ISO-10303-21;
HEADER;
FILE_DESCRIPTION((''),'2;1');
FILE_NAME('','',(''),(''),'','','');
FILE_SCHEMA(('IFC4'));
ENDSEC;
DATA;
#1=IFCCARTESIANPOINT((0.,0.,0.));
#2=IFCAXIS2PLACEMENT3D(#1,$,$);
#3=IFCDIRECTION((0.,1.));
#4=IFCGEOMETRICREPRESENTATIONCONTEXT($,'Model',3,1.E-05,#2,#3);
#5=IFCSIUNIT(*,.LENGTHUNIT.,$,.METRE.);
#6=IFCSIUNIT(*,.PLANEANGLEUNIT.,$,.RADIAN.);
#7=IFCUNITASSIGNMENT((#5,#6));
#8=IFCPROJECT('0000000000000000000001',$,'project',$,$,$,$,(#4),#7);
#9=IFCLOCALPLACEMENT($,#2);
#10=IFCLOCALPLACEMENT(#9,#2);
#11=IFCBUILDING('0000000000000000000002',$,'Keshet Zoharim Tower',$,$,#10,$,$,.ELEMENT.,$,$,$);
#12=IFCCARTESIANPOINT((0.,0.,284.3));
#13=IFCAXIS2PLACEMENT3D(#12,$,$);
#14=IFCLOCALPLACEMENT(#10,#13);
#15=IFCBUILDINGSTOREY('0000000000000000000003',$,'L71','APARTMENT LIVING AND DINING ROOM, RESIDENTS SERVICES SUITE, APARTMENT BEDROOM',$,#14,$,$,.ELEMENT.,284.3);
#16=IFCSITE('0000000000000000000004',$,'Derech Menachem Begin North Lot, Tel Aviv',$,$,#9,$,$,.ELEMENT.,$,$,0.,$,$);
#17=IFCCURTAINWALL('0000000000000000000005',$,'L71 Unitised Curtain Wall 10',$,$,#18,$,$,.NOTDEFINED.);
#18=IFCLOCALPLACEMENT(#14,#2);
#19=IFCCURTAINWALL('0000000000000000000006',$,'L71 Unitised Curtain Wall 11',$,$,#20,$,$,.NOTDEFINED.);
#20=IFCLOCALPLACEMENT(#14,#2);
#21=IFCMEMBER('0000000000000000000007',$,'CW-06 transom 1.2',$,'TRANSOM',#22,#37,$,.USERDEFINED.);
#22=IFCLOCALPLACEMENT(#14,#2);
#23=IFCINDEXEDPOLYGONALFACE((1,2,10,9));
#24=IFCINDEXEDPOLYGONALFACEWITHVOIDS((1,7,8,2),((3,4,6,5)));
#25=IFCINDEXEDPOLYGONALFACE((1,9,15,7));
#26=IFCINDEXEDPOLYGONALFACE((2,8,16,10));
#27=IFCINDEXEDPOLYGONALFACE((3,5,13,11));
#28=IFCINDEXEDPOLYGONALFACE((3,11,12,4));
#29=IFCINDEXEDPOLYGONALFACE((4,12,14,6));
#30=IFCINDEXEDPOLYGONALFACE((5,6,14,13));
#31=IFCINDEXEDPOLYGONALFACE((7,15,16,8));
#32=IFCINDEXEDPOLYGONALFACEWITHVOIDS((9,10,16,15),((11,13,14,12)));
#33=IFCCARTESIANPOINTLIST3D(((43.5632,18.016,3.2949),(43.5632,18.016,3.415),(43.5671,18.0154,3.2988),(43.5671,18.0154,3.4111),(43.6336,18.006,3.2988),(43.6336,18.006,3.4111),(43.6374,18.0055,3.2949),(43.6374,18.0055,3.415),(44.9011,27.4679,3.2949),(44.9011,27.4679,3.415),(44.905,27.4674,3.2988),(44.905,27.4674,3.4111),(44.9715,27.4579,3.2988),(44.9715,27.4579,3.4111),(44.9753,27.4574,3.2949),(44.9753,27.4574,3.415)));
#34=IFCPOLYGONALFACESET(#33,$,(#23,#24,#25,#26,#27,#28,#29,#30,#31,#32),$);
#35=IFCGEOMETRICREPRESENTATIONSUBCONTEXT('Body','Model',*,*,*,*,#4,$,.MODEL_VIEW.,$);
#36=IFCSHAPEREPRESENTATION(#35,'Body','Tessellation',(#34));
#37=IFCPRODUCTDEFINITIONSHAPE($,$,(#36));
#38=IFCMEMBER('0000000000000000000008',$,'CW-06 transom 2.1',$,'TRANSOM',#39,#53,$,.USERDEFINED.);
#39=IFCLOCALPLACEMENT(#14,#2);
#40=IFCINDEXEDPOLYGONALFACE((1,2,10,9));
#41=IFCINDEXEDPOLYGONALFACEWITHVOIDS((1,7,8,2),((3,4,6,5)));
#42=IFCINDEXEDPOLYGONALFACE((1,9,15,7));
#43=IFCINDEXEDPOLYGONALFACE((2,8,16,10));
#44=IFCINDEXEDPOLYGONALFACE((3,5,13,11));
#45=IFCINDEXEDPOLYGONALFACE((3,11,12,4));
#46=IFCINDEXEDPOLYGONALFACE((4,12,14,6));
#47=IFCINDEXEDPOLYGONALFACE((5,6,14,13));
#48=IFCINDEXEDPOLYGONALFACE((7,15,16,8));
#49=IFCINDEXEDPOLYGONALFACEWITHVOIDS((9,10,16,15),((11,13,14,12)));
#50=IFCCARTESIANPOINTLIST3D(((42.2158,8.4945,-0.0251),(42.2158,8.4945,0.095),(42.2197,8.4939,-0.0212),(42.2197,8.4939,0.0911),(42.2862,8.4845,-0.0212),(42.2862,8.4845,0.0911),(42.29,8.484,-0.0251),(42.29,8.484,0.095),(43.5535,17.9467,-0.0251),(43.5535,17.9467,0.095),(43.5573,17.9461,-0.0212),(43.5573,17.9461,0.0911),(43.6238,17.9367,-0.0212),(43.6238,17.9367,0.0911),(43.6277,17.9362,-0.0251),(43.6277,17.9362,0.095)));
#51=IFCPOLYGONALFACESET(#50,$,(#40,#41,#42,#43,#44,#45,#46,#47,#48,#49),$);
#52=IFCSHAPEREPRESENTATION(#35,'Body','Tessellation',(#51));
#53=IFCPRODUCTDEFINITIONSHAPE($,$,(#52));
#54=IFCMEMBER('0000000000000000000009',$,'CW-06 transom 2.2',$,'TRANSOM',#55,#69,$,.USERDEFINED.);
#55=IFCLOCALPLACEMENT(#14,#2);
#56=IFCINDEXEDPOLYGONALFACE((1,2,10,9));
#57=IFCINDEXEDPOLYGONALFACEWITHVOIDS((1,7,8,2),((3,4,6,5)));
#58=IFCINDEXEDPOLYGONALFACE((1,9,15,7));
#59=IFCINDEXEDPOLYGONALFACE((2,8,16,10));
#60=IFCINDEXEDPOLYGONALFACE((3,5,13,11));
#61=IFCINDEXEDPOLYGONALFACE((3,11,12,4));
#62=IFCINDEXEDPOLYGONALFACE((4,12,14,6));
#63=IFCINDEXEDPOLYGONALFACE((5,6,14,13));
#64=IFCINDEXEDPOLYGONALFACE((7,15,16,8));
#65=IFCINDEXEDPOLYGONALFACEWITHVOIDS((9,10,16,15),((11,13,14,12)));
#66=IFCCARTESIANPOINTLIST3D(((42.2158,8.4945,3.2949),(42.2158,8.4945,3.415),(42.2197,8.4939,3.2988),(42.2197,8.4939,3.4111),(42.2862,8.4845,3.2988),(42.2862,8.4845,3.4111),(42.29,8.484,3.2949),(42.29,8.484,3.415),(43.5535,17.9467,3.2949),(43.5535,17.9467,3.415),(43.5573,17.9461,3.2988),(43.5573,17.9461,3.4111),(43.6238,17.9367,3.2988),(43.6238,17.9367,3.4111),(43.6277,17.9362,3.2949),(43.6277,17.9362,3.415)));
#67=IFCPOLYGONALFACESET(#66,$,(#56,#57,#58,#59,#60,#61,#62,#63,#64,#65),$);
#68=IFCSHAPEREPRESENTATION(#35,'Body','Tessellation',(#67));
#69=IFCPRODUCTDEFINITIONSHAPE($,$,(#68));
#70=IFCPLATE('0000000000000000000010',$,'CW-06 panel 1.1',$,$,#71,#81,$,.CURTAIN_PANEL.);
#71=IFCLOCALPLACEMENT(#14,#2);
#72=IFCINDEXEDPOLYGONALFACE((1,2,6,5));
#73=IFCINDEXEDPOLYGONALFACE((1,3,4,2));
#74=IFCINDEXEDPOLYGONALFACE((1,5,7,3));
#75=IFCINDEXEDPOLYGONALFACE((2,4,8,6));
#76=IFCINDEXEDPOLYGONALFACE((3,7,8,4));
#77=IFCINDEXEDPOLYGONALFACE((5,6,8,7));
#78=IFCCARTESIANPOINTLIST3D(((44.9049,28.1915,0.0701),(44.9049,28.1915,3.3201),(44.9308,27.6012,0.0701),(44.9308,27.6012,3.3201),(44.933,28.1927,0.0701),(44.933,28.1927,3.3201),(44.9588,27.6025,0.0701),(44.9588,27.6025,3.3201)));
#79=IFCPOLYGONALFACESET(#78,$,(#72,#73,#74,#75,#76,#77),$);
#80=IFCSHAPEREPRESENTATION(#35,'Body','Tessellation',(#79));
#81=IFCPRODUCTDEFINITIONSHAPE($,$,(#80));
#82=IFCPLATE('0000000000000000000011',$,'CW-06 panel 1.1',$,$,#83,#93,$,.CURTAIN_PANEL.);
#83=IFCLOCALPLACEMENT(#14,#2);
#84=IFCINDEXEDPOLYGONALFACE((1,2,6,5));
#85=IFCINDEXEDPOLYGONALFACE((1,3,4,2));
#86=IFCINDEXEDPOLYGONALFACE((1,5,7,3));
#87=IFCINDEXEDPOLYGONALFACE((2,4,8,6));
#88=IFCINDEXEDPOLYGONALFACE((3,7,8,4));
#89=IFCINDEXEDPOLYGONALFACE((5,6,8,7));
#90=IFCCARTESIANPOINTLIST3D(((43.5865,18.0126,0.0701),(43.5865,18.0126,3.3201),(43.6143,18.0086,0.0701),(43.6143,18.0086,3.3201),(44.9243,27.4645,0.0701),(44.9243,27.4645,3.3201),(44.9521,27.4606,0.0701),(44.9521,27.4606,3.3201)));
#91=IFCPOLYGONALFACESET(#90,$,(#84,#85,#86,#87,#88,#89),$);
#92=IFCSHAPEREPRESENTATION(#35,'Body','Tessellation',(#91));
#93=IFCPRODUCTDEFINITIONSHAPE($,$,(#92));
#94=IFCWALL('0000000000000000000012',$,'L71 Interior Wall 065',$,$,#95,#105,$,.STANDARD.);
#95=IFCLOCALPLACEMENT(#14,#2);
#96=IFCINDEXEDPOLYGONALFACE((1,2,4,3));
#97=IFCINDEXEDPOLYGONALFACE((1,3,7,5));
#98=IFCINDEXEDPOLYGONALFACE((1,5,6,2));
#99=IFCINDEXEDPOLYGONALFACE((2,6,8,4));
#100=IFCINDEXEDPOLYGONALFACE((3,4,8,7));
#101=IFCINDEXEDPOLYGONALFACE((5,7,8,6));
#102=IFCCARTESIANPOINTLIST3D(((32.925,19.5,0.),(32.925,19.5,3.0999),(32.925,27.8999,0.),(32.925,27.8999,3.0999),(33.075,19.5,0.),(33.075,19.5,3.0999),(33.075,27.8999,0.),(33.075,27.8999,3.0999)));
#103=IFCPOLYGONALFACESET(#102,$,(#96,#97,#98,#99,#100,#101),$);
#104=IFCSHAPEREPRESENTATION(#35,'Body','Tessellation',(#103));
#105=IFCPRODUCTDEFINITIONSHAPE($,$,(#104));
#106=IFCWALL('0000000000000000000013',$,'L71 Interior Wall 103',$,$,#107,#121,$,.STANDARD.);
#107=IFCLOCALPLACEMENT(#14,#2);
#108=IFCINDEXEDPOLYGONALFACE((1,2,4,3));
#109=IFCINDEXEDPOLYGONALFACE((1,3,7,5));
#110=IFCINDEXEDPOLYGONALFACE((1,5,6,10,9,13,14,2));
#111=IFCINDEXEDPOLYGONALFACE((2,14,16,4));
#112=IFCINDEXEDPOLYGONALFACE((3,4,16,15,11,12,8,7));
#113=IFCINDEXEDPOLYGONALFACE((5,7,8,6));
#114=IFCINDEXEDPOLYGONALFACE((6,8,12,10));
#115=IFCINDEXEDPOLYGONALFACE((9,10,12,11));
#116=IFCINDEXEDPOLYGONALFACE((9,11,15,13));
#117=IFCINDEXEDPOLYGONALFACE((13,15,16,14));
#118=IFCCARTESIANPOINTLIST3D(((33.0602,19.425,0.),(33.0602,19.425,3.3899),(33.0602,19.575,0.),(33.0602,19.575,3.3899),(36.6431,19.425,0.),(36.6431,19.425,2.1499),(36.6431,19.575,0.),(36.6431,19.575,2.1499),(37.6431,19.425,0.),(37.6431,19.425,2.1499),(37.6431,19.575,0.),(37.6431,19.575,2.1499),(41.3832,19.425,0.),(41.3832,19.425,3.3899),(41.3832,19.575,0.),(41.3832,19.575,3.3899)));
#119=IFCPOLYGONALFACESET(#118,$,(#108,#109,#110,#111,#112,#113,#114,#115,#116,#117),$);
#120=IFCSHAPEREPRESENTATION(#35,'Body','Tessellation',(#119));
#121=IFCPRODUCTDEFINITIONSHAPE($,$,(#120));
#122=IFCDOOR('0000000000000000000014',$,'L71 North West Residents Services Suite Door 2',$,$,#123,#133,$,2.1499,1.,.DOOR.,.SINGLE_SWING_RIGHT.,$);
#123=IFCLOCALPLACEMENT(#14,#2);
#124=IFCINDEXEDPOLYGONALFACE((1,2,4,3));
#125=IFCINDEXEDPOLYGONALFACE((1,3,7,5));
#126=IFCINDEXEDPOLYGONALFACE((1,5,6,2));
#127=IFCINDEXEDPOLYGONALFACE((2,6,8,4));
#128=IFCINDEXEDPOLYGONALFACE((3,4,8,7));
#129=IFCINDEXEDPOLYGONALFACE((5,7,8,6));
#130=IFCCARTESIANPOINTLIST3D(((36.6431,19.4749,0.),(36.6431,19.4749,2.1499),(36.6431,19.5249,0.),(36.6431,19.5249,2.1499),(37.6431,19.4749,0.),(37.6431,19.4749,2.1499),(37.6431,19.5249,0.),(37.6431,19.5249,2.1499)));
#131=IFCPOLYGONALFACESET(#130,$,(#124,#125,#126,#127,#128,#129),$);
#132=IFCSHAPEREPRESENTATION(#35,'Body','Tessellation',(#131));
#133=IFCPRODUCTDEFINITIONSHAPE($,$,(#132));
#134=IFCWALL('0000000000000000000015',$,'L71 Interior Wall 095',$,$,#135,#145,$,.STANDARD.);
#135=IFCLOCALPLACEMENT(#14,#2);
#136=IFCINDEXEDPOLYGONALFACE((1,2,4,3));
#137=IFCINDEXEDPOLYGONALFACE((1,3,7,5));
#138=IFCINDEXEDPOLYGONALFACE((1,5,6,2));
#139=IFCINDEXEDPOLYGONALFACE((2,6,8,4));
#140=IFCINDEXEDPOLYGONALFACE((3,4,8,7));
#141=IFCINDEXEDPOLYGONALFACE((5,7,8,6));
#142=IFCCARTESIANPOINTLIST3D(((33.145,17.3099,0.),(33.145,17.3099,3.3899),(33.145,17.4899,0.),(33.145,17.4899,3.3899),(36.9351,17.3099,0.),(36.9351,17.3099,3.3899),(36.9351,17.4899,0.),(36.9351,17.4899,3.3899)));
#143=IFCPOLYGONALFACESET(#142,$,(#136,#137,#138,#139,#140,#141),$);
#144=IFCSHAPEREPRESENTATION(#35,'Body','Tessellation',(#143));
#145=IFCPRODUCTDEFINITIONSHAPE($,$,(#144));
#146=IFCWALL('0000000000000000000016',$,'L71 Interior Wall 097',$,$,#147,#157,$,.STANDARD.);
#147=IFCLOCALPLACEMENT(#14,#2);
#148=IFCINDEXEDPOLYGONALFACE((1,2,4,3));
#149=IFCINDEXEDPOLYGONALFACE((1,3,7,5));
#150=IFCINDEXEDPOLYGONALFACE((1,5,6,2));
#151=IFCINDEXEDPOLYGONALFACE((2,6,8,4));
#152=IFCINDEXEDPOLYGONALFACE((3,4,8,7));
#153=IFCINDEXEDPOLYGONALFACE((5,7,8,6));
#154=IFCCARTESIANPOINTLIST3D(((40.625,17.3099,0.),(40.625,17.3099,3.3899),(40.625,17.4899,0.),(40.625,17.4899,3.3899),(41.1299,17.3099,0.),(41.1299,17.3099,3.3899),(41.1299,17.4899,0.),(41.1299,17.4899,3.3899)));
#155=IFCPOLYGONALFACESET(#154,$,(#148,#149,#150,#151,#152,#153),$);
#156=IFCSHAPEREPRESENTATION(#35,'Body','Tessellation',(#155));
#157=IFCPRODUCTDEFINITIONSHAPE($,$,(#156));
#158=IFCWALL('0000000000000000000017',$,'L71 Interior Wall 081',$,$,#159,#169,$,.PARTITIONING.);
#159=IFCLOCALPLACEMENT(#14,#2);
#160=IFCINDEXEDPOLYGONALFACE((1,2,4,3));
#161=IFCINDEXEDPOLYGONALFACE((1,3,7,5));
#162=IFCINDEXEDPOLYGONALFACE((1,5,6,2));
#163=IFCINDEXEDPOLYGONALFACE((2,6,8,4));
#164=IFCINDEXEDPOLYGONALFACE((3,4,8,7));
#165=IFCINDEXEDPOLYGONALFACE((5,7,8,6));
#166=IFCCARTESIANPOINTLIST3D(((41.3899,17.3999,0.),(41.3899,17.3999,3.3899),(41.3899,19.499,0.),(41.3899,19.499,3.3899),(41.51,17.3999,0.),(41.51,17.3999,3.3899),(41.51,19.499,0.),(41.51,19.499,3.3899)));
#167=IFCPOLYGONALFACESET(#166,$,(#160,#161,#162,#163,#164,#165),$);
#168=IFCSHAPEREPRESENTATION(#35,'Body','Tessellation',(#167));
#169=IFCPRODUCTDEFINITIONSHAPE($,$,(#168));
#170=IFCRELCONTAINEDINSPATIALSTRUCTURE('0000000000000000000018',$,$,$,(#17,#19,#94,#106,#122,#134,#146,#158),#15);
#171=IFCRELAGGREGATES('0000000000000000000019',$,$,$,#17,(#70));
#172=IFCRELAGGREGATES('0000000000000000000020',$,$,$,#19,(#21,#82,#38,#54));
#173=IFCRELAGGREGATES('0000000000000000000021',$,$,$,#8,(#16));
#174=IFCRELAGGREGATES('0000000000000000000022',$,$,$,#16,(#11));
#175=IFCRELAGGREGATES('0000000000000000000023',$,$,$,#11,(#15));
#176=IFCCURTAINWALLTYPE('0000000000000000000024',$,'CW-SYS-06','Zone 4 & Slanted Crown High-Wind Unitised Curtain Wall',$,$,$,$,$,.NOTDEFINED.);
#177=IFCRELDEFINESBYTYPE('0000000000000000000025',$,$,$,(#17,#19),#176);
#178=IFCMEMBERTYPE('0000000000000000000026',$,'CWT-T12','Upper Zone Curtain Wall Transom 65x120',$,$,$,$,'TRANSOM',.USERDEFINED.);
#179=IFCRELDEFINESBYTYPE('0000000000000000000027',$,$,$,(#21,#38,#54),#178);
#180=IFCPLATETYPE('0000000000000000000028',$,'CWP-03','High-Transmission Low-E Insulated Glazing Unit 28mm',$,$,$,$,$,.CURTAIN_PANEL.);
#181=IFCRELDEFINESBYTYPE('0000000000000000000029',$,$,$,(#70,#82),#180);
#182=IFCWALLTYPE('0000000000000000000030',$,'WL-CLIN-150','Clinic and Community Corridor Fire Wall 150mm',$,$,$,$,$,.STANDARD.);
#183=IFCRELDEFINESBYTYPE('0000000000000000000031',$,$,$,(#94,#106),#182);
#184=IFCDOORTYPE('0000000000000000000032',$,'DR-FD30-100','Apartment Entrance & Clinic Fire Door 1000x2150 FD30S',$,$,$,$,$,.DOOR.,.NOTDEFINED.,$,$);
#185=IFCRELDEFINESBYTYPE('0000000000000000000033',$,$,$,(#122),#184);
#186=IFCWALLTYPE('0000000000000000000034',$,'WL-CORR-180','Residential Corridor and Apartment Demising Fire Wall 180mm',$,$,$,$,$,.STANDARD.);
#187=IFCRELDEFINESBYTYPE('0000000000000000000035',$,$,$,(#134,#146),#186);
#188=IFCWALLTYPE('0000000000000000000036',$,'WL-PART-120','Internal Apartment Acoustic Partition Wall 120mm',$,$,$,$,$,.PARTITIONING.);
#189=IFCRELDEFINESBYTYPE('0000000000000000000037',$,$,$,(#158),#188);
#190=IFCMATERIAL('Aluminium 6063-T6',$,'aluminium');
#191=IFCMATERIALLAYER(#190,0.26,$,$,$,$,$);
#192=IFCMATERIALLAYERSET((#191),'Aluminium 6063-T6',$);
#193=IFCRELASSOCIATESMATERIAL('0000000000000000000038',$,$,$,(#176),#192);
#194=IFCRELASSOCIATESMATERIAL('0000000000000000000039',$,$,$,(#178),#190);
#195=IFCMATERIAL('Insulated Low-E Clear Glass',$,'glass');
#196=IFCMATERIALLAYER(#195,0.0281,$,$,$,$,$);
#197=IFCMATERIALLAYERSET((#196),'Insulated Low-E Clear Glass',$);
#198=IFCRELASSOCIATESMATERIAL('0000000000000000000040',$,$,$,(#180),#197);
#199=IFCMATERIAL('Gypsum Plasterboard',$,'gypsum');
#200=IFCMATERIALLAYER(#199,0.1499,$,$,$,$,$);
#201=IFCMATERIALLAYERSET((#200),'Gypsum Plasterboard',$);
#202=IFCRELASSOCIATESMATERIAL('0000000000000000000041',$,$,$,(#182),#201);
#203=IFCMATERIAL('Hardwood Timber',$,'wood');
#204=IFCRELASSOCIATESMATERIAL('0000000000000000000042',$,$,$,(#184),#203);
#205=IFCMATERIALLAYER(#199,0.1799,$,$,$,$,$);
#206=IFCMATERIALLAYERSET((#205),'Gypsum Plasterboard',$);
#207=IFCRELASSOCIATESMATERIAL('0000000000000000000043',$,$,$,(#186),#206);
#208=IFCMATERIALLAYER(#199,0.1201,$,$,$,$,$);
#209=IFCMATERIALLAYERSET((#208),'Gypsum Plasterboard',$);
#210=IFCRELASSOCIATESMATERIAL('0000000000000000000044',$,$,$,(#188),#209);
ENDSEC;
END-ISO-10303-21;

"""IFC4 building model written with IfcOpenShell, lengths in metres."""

from ifc_helpers import new_model, si_unit, direction, frame, frame_2d, origin, origin_2d, place, context, subcontext, project, spatial, rectangle, hollow_rectangle, extrude, material, layer, layer_set, material_profile, profile_set, type_object, element, fill, aggregate, save


model = new_model("IFC4")

# Units and contexts
model_context = context("Model", 3, precision=1e-05, world=origin(), true_north=direction((0.0, 1.0)))
body_context = subcontext(model_context, "Body", "Model", "MODEL_VIEW")
ifc_project = project(units=[si_unit("LENGTHUNIT", "METRE"), si_unit("PLANEANGLEUNIT", "RADIAN")], contexts=[model_context])

# Site, building, storey
site_placement = place(None, origin())
site = spatial("IfcSite", under=ifc_project, at=site_placement, Name="Derech Menachem Begin North Lot, Tel Aviv", CompositionType="ELEMENT", RefElevation=0.0)
building_placement = place(site_placement, origin())
building = spatial("IfcBuilding", under=site, at=building_placement, Name="Keshet Zoharim Tower", CompositionType="ELEMENT")
storey_placement = place(building_placement, frame((0.0, 0.0, 284.3)))
storey = spatial("IfcBuildingStorey", under=building, at=storey_placement, Name="L71", Description="APARTMENT LIVING AND DINING ROOM, RESIDENTS SERVICES SUITE, APARTMENT BEDROOM", CompositionType="ELEMENT", Elevation=284.3)

# Curtain wall
ifc_material_1 = material(Name="Aluminium 6063-T6", Category="aluminium")
ifc_layer_1 = layer(ifc_material_1, 0.26)
ifc_layer_set_1 = layer_set([ifc_layer_1], Name="Aluminium 6063-T6")
curtain_wall_type = type_object("IfcCurtainWallType", Name="CW-SYS-06", Description="Zone 4 & Slanted Crown High-Wind Unitised Curtain Wall", PredefinedType="NOTDEFINED", material=ifc_layer_set_1)
curtain_wall_1_placement = place(storey_placement, origin())
curtain_wall_1 = element("IfcCurtainWall", 1, at=curtain_wall_1_placement, inside=storey, type_object=curtain_wall_type, Name="L71 Unitised Curtain Wall 10", PredefinedType="NOTDEFINED")

# Curtain wall, members
curtain_wall_2_placement = place(storey_placement, origin())
curtain_wall_2 = element("IfcCurtainWall", 2, at=curtain_wall_2_placement, inside=storey, type_object=curtain_wall_type, Name="L71 Unitised Curtain Wall 11", PredefinedType="NOTDEFINED")
ifc_material_profile_1 = material_profile(ifc_material_1, hollow_rectangle(XDim=0.075, YDim=0.1201, WallThickness=0.0039, at=origin_2d()), Name="TRN-75x120")
ifc_profile_set_1 = profile_set([ifc_material_profile_1], Name="Aluminium 6063-T6")
member_type_1 = type_object("IfcMemberType", Name="CWT-T12", Description="Upper Zone Curtain Wall Transom 65x120", ElementType="TRANSOM", PredefinedType="USERDEFINED", material=ifc_profile_set_1)
member_1_placement = place(storey_placement, frame((44.9382, 27.4626, 3.355), z_axis=(-0.14015, -0.99013, 0.0), x_axis=(0.99013, -0.14015, 0.0)))
member_1 = element("IfcMember", 3, at=member_1_placement, type_object=member_type_1, Name="CW-06 transom 1.2", ObjectType="TRANSOM", PredefinedType="USERDEFINED", context=body_context, shape_type="SweptSolid", body=[
    extrude(hollow_rectangle(XDim=0.075, YDim=0.1201, WallThickness=0.0039, at=origin_2d()), origin(), (0.0, 0.0, 1.0), 9.5461),
])
member_2_placement = place(storey_placement, frame((43.5906, 17.9414, 0.0349), z_axis=(-0.140122, -0.990134, 0.0), x_axis=(0.990134, -0.140122, 0.0)))
member_2 = element("IfcMember", 4, at=member_2_placement, type_object=member_type_1, Name="CW-06 transom 2.1", ObjectType="TRANSOM", PredefinedType="USERDEFINED", context=body_context, shape_type="SweptSolid", body=[
    extrude(hollow_rectangle(XDim=0.075, YDim=0.1201, WallThickness=0.0039, at=origin_2d()), origin(), (0.0, 0.0, 1.0), 9.5464),
])
member_3_placement = place(storey_placement, frame((43.5906, 17.9414, 3.355), z_axis=(-0.140122, -0.990134, 0.0), x_axis=(0.990134, -0.140122, 0.0)))
member_3 = element("IfcMember", 5, at=member_3_placement, type_object=member_type_1, Name="CW-06 transom 2.2", ObjectType="TRANSOM", PredefinedType="USERDEFINED", context=body_context, shape_type="SweptSolid", body=[
    extrude(hollow_rectangle(XDim=0.075, YDim=0.1201, WallThickness=0.0039, at=origin_2d()), origin(), (0.0, 0.0, 1.0), 9.5464),
])

# Plates
ifc_material_2 = material(Name="Insulated Low-E Clear Glass", Category="glass")
ifc_layer_2 = layer(ifc_material_2, 0.0281)
ifc_layer_set_2 = layer_set([ifc_layer_2], Name="Insulated Low-E Clear Glass")
plate_type = type_object("IfcPlateType", Name="CWP-03", Description="High-Transmission Low-E Insulated Glazing Unit 28mm", PredefinedType="CURTAIN_PANEL", material=ifc_layer_set_2)
plate_1_placement = place(storey_placement, frame((44.9319, 27.897, 0.0701), z_axis=(0.0, 0.0, 1.0), x_axis=(0.043794, -0.999041, 0.0)))
plate_1 = element("IfcPlate", 6, at=plate_1_placement, type_object=plate_type, Name="CW-06 panel 1.1", PredefinedType="CURTAIN_PANEL", context=body_context, shape_type="SweptSolid", body=[
    extrude(rectangle(XDim=0.5908, YDim=0.0281, at=origin_2d()), origin(), (0.0, 0.0, 1.0), 3.25),
])
aggregate(curtain_wall_1, [plate_1])
plate_2_placement = place(storey_placement, frame((44.2693, 22.7366, 0.0701), z_axis=(0.0, 0.0, 1.0), x_axis=(-0.140137, -0.990132, 0.0)))
plate_2 = element("IfcPlate", 7, at=plate_2_placement, type_object=plate_type, Name="CW-06 panel 1.1", PredefinedType="CURTAIN_PANEL", context=body_context, shape_type="SweptSolid", body=[
    extrude(rectangle(XDim=9.5461, YDim=0.0281, at=origin_2d()), origin(), (0.0, 0.0, 1.0), 3.25),
])
aggregate(curtain_wall_2, [member_1, plate_2, member_2, member_3])

# Wall
ifc_material_3 = material(Name="Gypsum Plasterboard", Category="gypsum")
ifc_layer_3 = layer(ifc_material_3, 0.1499)
ifc_layer_set_3 = layer_set([ifc_layer_3], Name="Gypsum Plasterboard")
wall_type_1 = type_object("IfcWallType", Name="WL-CLIN-150", Description="Clinic and Community Corridor Fire Wall 150mm", PredefinedType="STANDARD", material=ifc_layer_set_3)
wall_1_placement = place(storey_placement, frame((33.0, 19.5, 0.0), z_axis=(0.0, 0.0, 1.0), x_axis=(0.0, 1.0, 0.0)))
element("IfcWall", 8, at=wall_1_placement, inside=storey, type_object=wall_type_1, Name="L71 Interior Wall 065", PredefinedType="STANDARD", context=body_context, shape_type="SweptSolid", body=[
    extrude(rectangle(XDim=8.3999, YDim=0.1499, at=frame_2d((4.2, 0.0))), origin(), (0.0, 0.0, 1.0), 3.0999),
])

# Wall, opening, door
wall_2_placement = place(storey_placement, frame((33.0601, 19.5, 0.0), z_axis=(0.0, 0.0, 1.0), x_axis=(1.0, 0.0, 0.0)))
wall_2 = element("IfcWall", 9, at=wall_2_placement, inside=storey, type_object=wall_type_1, Name="L71 Interior Wall 103", PredefinedType="STANDARD", context=body_context, shape_type="SweptSolid", body=[
    extrude(rectangle(XDim=8.323, YDim=0.1499, at=frame_2d((4.1616, 0.0))), origin(), (0.0, 0.0, 1.0), 3.3899),
])
opening_1_placement = place(wall_2_placement, frame((3.583, 0.0, 0.0)))
opening_1 = element("IfcOpeningElement", 10, at=opening_1_placement, cuts=wall_2, PredefinedType="OPENING", context=body_context, shape_type="SweptSolid", body=[
    extrude(rectangle(XDim=1.0, YDim=2.1499, at=frame_2d((0.5, 1.075))), frame((0.0, 0.085, 0.0), z_axis=(0.0, -1.0, 0.0), x_axis=(1.0, 0.0, 0.0)), (0.0, 0.0, 1.0), 0.1699),
])
ifc_material_4 = material(Name="Hardwood Timber", Category="wood")
door_type_1 = type_object("IfcDoorType", Name="DR-FD30-100", Description="Apartment Entrance & Clinic Fire Door 1000x2150 FD30S", OperationType="NOTDEFINED", PredefinedType="DOOR", material=ifc_material_4)
door_1_placement = place(opening_1_placement, origin())
door_1 = element("IfcDoor", 11, at=door_1_placement, inside=storey, type_object=door_type_1, Name="L71 North West Residents Services Suite Door 2", OperationType="SINGLE_SWING_RIGHT", OverallHeight=2.1499, OverallWidth=1.0, PredefinedType="DOOR", context=body_context, shape_type="SweptSolid", body=[
    extrude(rectangle(XDim=1.0, YDim=2.1499, at=frame_2d((0.5, 1.075))), frame((0.0, 0.0249, 0.0), z_axis=(0.0, -1.0, 0.0), x_axis=(1.0, 0.0, 0.0)), (0.0, 0.0, 1.0), 0.05),
])
fill(opening_1, door_1)

# Wall
ifc_layer_4 = layer(ifc_material_3, 0.1799)
ifc_layer_set_4 = layer_set([ifc_layer_4], Name="Gypsum Plasterboard")
wall_type_2 = type_object("IfcWallType", Name="WL-CORR-180", Description="Residential Corridor and Apartment Demising Fire Wall 180mm", PredefinedType="STANDARD", material=ifc_layer_set_4)
wall_3_placement = place(storey_placement, frame((33.145, 17.3999, 0.0), z_axis=(0.0, 0.0, 1.0), x_axis=(1.0, 0.0, 0.0)))
element("IfcWall", 12, at=wall_3_placement, inside=storey, type_object=wall_type_2, Name="L71 Interior Wall 095", PredefinedType="STANDARD", context=body_context, shape_type="SweptSolid", body=[
    extrude(rectangle(XDim=3.79, YDim=0.1799, at=frame_2d((1.895, 0.0))), origin(), (0.0, 0.0, 1.0), 3.3899),
])

# Walls
wall_4_placement = place(storey_placement, frame((40.625, 17.3999, 0.0), z_axis=(0.0, 0.0, 1.0), x_axis=(1.0, 0.0, 0.0)))
element("IfcWall", 13, at=wall_4_placement, inside=storey, type_object=wall_type_2, Name="L71 Interior Wall 097", PredefinedType="STANDARD", context=body_context, shape_type="SweptSolid", body=[
    extrude(rectangle(XDim=0.5049, YDim=0.1799, at=frame_2d((0.2524, 0.0))), origin(), (0.0, 0.0, 1.0), 3.3899),
])
ifc_layer_5 = layer(ifc_material_3, 0.1201)
ifc_layer_set_5 = layer_set([ifc_layer_5], Name="Gypsum Plasterboard")
wall_type_3 = type_object("IfcWallType", Name="WL-PART-120", Description="Internal Apartment Acoustic Partition Wall 120mm", PredefinedType="PARTITIONING", material=ifc_layer_set_5)
wall_5_placement = place(storey_placement, frame((41.45, 17.3999, 0.0), z_axis=(0.0, 0.0, 1.0), x_axis=(0.0, 1.0, 0.0)))
element("IfcWall", 14, at=wall_5_placement, inside=storey, type_object=wall_type_3, Name="L71 Interior Wall 081", PredefinedType="PARTITIONING", context=body_context, shape_type="SweptSolid", body=[
    extrude(rectangle(XDim=2.0991, YDim=0.1201, at=frame_2d((1.0496, 0.0))), origin(), (0.0, 0.0, 1.0), 3.3899),
])

save(model, "model.ifc")
